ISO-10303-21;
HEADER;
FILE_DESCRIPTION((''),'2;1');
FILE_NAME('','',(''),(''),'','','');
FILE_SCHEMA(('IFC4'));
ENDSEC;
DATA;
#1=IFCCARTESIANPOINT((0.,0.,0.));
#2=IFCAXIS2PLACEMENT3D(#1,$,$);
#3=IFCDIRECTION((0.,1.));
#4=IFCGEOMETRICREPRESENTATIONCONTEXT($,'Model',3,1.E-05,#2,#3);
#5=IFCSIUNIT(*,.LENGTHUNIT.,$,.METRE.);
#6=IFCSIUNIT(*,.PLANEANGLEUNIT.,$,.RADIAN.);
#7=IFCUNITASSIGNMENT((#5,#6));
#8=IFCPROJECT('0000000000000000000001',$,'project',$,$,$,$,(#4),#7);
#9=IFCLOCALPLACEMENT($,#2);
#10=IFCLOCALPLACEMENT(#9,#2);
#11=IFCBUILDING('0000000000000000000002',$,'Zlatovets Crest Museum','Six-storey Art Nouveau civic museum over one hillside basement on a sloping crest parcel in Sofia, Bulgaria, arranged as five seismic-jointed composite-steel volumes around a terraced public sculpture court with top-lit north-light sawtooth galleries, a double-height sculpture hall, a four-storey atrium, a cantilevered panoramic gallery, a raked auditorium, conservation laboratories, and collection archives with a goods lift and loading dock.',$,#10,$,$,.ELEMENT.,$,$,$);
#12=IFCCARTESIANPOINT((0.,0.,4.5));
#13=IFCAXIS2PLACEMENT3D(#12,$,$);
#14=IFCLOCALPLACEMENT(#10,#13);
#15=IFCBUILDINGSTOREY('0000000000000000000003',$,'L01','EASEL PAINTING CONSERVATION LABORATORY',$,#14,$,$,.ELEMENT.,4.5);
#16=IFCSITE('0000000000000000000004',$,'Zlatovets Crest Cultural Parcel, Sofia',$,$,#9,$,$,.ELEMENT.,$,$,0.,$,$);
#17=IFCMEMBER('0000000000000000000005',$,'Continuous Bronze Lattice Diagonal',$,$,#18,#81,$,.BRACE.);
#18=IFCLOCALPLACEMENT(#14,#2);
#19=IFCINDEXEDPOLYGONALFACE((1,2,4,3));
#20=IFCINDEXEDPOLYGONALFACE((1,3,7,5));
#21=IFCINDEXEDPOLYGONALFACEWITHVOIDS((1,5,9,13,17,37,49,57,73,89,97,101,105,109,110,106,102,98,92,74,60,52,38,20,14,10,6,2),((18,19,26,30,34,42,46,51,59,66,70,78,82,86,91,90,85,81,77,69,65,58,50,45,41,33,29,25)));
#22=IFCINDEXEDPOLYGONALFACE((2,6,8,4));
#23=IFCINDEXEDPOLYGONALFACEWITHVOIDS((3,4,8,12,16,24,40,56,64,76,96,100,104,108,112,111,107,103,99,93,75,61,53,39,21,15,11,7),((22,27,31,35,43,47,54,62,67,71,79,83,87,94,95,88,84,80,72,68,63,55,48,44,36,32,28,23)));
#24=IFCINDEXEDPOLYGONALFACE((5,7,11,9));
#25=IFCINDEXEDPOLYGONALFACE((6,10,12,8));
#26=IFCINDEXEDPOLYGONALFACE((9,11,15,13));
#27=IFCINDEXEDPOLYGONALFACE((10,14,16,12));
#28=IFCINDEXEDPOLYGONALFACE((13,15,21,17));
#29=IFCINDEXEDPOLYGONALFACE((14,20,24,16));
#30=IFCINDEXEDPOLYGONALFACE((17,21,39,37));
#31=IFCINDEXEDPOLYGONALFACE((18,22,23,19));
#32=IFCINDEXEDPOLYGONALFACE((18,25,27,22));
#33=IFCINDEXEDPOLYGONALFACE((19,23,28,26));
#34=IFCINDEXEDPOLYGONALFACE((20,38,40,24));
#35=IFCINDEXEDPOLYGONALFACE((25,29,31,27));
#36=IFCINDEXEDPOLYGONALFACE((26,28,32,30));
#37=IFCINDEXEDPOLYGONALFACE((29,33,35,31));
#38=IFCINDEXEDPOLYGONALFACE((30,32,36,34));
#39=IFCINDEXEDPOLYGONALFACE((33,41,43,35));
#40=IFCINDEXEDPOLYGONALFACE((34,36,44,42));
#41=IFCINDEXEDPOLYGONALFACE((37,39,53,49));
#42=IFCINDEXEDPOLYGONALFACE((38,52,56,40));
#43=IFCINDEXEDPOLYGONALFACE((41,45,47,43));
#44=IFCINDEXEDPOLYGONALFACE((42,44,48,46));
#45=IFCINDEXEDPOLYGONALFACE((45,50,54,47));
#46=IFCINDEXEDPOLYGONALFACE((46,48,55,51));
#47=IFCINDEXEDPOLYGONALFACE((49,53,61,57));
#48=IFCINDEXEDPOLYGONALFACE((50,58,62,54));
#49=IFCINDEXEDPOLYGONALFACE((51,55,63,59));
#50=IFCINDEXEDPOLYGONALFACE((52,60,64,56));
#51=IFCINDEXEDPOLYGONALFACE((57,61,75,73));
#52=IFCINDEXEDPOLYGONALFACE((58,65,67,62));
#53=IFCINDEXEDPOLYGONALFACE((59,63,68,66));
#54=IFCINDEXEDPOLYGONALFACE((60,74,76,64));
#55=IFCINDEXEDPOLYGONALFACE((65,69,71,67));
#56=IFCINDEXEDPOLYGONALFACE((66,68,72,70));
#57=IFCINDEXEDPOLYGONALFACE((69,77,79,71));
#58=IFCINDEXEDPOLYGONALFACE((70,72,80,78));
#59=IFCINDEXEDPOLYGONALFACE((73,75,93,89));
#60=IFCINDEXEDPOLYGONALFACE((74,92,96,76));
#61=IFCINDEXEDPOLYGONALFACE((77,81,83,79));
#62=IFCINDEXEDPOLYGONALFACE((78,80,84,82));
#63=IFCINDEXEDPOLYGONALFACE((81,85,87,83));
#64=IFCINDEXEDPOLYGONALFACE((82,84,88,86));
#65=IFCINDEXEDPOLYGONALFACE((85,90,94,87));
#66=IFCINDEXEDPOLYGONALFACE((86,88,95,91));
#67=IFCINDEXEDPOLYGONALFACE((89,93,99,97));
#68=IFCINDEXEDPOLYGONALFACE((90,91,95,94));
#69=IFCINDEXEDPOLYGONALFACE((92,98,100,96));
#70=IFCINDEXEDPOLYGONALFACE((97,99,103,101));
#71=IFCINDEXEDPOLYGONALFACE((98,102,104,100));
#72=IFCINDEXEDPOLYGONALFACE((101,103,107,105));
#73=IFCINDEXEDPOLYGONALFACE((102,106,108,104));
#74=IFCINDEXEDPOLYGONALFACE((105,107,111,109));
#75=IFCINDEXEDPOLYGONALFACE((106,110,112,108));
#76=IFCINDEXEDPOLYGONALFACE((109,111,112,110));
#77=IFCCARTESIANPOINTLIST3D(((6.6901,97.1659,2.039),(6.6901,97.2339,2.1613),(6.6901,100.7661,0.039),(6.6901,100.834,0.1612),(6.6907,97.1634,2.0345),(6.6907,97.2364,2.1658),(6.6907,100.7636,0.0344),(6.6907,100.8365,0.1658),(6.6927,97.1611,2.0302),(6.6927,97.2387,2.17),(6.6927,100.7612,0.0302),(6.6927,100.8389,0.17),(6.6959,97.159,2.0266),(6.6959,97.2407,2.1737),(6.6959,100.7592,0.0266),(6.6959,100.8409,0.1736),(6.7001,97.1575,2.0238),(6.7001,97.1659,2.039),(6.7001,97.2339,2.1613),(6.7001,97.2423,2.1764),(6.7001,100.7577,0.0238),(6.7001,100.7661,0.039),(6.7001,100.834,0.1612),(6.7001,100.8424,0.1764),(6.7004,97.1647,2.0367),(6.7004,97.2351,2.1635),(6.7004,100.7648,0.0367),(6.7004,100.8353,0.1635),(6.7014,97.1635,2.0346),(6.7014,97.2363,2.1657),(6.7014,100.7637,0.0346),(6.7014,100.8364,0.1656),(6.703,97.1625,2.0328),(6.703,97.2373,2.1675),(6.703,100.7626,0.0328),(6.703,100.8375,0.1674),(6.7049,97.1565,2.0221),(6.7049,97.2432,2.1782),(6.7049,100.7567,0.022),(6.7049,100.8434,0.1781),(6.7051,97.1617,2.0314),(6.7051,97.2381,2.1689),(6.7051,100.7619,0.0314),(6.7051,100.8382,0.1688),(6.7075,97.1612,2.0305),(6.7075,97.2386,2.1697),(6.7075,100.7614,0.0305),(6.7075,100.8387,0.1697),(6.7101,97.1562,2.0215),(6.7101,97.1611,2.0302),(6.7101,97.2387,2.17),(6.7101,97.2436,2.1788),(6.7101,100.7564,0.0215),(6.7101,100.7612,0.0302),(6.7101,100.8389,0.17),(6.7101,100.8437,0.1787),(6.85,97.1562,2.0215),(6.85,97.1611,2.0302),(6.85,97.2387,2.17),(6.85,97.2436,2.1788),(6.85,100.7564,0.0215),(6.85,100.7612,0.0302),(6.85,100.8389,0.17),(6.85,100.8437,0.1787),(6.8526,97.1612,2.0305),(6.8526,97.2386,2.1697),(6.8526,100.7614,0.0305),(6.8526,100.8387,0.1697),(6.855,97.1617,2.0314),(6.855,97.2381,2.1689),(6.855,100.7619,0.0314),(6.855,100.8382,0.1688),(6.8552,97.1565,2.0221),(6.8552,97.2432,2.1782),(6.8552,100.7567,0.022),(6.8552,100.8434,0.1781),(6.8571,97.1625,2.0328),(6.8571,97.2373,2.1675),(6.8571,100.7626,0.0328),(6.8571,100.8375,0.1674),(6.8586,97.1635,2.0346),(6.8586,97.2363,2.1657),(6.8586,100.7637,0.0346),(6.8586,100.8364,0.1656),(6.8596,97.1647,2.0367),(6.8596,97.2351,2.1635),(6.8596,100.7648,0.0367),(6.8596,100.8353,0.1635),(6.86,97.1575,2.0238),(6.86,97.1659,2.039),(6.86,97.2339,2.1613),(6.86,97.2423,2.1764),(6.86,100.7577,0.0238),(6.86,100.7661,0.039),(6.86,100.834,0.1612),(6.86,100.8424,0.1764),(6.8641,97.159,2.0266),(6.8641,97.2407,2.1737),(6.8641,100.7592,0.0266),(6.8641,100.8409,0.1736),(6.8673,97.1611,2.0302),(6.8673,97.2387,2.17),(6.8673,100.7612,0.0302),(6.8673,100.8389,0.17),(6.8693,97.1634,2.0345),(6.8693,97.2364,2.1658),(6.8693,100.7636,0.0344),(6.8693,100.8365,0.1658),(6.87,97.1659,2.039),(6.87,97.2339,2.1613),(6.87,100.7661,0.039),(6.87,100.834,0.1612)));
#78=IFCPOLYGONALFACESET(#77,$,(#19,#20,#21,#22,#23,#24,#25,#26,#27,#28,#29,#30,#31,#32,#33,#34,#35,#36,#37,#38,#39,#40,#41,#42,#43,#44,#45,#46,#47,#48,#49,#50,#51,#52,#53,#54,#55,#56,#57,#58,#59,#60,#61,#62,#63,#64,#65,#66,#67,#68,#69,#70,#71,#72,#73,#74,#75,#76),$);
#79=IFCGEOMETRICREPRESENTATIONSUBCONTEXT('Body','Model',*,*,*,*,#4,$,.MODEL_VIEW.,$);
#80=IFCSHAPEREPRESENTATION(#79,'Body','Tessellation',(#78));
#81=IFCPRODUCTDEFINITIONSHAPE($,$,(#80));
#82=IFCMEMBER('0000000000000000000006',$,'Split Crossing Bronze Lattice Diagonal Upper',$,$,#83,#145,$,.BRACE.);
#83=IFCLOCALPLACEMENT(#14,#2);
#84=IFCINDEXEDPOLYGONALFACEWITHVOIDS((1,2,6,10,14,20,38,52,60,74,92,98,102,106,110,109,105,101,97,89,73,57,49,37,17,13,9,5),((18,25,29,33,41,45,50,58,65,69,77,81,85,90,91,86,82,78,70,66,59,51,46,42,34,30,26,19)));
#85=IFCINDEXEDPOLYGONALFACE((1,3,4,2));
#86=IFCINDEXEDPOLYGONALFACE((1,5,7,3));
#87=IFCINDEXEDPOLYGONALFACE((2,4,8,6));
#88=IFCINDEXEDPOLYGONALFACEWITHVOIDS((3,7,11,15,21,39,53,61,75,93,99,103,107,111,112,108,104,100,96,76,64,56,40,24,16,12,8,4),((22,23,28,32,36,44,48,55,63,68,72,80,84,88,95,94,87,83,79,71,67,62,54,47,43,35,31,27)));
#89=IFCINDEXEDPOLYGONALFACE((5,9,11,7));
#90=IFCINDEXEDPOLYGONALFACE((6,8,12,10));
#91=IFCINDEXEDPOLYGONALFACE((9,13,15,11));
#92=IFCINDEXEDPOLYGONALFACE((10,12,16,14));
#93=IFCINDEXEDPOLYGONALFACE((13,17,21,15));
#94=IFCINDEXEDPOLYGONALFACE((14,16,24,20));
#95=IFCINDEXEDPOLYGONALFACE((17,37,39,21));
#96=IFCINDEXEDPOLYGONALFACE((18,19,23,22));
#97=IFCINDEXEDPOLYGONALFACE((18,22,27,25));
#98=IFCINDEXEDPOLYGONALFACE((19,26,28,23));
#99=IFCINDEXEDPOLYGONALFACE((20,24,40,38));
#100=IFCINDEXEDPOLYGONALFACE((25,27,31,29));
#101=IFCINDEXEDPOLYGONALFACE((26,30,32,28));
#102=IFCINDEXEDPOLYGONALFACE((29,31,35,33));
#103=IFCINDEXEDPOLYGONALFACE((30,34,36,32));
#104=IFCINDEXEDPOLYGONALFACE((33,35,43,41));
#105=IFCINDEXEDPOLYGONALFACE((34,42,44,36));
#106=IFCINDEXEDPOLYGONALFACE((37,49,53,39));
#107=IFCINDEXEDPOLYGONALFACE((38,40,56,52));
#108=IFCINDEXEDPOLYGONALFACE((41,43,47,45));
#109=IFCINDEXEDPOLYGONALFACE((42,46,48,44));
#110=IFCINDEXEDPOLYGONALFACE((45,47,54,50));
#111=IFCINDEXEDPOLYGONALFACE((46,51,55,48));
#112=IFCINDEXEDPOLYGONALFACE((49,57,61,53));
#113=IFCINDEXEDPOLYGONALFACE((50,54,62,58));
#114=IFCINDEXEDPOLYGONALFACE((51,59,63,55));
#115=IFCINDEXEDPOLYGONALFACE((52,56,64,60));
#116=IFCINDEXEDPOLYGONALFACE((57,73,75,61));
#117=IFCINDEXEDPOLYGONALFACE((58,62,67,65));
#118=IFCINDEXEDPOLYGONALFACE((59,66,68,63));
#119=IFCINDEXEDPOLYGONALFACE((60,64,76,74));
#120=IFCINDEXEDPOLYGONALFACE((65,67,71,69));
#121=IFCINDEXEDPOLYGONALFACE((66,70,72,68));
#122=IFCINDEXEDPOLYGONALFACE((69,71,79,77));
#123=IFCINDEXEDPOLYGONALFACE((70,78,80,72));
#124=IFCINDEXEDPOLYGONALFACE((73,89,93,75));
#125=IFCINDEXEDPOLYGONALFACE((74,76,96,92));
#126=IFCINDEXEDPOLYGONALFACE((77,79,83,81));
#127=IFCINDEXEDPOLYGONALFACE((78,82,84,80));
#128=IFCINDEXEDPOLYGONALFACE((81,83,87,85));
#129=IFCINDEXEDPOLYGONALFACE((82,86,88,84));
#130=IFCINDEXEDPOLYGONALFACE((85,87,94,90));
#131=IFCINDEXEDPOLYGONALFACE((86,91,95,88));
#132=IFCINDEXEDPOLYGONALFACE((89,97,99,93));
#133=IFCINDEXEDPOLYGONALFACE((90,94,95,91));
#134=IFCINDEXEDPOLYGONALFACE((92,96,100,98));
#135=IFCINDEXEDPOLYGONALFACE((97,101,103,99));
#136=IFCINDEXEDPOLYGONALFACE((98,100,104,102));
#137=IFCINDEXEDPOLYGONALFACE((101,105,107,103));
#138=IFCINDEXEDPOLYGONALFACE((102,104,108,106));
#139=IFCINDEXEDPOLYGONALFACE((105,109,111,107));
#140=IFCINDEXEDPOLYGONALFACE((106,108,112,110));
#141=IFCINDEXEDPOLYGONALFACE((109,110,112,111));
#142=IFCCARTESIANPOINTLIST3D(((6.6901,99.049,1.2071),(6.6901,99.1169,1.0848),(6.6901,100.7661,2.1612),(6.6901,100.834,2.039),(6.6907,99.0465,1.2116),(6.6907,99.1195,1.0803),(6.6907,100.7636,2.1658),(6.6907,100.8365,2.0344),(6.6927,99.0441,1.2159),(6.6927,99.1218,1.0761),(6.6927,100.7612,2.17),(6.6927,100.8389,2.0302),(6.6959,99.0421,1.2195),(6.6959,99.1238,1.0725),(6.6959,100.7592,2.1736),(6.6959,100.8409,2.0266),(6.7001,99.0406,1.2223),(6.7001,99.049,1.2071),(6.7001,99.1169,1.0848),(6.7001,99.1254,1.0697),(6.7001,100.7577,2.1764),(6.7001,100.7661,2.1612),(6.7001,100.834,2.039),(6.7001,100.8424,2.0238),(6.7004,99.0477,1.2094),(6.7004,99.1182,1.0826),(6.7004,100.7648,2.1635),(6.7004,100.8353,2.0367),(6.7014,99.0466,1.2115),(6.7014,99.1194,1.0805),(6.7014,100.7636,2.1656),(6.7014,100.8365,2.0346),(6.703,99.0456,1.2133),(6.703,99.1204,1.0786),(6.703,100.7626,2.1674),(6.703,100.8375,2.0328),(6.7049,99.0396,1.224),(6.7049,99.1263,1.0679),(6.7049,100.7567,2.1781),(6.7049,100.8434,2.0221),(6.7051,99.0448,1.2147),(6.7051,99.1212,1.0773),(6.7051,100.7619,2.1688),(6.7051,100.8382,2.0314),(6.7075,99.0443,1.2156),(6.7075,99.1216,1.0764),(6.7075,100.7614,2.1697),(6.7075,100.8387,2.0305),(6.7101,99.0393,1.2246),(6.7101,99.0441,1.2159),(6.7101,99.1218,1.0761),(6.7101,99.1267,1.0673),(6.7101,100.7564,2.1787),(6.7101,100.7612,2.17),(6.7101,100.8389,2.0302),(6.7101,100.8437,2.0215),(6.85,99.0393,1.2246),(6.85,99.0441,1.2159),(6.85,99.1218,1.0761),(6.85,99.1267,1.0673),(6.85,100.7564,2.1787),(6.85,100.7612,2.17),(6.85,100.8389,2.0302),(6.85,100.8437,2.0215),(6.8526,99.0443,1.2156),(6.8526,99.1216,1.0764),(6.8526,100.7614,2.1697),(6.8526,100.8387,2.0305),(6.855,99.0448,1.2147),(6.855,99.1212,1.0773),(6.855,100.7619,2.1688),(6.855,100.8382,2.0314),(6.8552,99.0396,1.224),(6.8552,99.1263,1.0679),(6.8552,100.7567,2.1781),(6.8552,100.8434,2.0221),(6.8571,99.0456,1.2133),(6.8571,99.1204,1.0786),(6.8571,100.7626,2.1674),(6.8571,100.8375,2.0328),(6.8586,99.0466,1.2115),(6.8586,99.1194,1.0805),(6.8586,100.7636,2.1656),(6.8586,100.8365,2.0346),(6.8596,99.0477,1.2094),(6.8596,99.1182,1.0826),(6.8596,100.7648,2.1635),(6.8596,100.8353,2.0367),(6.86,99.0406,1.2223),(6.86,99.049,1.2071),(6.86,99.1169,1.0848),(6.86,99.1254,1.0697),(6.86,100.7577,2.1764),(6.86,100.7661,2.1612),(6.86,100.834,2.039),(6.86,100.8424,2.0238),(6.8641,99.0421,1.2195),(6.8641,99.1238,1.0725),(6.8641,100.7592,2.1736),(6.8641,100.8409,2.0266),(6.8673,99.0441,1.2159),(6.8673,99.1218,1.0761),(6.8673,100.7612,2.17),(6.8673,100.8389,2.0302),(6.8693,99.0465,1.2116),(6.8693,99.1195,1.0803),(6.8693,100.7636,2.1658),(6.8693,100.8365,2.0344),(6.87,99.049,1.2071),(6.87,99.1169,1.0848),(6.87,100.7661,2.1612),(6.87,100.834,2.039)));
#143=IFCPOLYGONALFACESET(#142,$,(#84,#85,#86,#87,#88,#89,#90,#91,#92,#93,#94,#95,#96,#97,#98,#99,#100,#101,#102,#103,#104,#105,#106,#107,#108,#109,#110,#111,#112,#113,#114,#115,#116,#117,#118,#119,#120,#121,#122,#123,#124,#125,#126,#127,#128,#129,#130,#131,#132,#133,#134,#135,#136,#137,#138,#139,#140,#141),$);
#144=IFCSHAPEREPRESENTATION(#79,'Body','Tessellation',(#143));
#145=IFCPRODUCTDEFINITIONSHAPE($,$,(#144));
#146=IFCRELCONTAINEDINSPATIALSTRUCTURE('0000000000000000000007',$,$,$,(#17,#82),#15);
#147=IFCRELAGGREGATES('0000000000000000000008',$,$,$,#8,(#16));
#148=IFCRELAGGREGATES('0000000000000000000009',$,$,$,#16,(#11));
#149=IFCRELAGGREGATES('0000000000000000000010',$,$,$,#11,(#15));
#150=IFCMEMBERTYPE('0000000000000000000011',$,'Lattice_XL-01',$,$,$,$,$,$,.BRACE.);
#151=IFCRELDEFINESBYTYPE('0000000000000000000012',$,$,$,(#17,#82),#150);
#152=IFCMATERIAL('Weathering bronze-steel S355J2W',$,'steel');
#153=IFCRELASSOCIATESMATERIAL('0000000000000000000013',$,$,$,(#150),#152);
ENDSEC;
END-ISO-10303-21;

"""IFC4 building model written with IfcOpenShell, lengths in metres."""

from ifc_helpers import new_model, si_unit, direction, frame, origin, origin_2d, place, context, subcontext, project, spatial, hollow_rectangle, extrude, material, material_profile, profile_set, type_object, element, save


model = new_model("IFC4")

# Units and contexts
model_context = context("Model", 3, precision=1e-05, world=origin(), true_north=direction((0.0, 1.0)))
body_context = subcontext(model_context, "Body", "Model", "MODEL_VIEW")
ifc_project = project(units=[si_unit("LENGTHUNIT", "METRE"), si_unit("PLANEANGLEUNIT", "RADIAN")], contexts=[model_context])

# Site, building, storey
site_placement = place(None, origin())
site = spatial("IfcSite", under=ifc_project, at=site_placement, Name="Zlatovets Crest Cultural Parcel, Sofia", CompositionType="ELEMENT", RefElevation=0.0)
building_placement = place(site_placement, origin())
building = spatial("IfcBuilding", under=site, at=building_placement, Name="Zlatovets Crest Museum", Description="Six-storey Art Nouveau civic museum over one hillside basement on a sloping crest parcel in Sofia, Bulgaria, arranged as five seismic-jointed composite-steel volumes around a terraced public sculpture court with top-lit north-light sawtooth galleries, a double-height sculpture hall, a four-storey atrium, a cantilevered panoramic gallery, a raked auditorium, conservation laboratories, and collection archives with a goods lift and loading dock.", CompositionType="ELEMENT")
storey_placement = place(building_placement, frame((0.0, 0.0, 4.5)))
storey = spatial("IfcBuildingStorey", under=building, at=storey_placement, Name="L01", Description="EASEL PAINTING CONSERVATION LABORATORY", CompositionType="ELEMENT", Elevation=4.5)

# Members
ifc_material_1 = material(Name="Weathering bronze-steel S355J2W", Category="steel")
ifc_material_profile_1 = material_profile(ifc_material_1, hollow_rectangle(XDim=0.1799, YDim=0.1799, WallThickness=0.01, InnerFilletRadius=0.01, OuterFilletRadius=0.02, at=origin_2d()), Name="SHS 180x180x10.0")
ifc_profile_set_1 = profile_set([ifc_material_profile_1], Name="Weathering bronze-steel S355J2W")
member_type_1 = type_object("IfcMemberType", Name="Lattice_XL-01", PredefinedType="BRACE", material=ifc_profile_set_1)
member_1_placement = place(storey_placement, frame((6.78, 100.8, 0.1001), z_axis=(0.0, -0.874163, 0.485633), x_axis=(1.0, 0.0, 0.0)))
element("IfcMember", 1, at=member_1_placement, inside=storey, type_object=member_type_1, Name="Continuous Bronze Lattice Diagonal", PredefinedType="BRACE", context=body_context, shape_type="SweptSolid", body=[
    extrude(hollow_rectangle(XDim=0.1799, YDim=0.1799, WallThickness=0.01, InnerFilletRadius=0.01, OuterFilletRadius=0.02, at=origin_2d()), origin(), (0.0, 0.0, 1.0), 4.1184),
])
member_2_placement = place(storey_placement, frame((6.78, 100.8, 2.1001), z_axis=(0.0, -0.874116, -0.485717), x_axis=(1.0, 0.0, 0.0)))
element("IfcMember", 2, at=member_2_placement, inside=storey, type_object=member_type_1, Name="Split Crossing Bronze Lattice Diagonal Upper", PredefinedType="BRACE", context=body_context, shape_type="SweptSolid", body=[
    extrude(hollow_rectangle(XDim=0.1799, YDim=0.1799, WallThickness=0.01, InnerFilletRadius=0.01, OuterFilletRadius=0.02, at=origin_2d()), origin(), (0.0, 0.0, 1.0), 1.9644),
])

save(model, "model.ifc")
